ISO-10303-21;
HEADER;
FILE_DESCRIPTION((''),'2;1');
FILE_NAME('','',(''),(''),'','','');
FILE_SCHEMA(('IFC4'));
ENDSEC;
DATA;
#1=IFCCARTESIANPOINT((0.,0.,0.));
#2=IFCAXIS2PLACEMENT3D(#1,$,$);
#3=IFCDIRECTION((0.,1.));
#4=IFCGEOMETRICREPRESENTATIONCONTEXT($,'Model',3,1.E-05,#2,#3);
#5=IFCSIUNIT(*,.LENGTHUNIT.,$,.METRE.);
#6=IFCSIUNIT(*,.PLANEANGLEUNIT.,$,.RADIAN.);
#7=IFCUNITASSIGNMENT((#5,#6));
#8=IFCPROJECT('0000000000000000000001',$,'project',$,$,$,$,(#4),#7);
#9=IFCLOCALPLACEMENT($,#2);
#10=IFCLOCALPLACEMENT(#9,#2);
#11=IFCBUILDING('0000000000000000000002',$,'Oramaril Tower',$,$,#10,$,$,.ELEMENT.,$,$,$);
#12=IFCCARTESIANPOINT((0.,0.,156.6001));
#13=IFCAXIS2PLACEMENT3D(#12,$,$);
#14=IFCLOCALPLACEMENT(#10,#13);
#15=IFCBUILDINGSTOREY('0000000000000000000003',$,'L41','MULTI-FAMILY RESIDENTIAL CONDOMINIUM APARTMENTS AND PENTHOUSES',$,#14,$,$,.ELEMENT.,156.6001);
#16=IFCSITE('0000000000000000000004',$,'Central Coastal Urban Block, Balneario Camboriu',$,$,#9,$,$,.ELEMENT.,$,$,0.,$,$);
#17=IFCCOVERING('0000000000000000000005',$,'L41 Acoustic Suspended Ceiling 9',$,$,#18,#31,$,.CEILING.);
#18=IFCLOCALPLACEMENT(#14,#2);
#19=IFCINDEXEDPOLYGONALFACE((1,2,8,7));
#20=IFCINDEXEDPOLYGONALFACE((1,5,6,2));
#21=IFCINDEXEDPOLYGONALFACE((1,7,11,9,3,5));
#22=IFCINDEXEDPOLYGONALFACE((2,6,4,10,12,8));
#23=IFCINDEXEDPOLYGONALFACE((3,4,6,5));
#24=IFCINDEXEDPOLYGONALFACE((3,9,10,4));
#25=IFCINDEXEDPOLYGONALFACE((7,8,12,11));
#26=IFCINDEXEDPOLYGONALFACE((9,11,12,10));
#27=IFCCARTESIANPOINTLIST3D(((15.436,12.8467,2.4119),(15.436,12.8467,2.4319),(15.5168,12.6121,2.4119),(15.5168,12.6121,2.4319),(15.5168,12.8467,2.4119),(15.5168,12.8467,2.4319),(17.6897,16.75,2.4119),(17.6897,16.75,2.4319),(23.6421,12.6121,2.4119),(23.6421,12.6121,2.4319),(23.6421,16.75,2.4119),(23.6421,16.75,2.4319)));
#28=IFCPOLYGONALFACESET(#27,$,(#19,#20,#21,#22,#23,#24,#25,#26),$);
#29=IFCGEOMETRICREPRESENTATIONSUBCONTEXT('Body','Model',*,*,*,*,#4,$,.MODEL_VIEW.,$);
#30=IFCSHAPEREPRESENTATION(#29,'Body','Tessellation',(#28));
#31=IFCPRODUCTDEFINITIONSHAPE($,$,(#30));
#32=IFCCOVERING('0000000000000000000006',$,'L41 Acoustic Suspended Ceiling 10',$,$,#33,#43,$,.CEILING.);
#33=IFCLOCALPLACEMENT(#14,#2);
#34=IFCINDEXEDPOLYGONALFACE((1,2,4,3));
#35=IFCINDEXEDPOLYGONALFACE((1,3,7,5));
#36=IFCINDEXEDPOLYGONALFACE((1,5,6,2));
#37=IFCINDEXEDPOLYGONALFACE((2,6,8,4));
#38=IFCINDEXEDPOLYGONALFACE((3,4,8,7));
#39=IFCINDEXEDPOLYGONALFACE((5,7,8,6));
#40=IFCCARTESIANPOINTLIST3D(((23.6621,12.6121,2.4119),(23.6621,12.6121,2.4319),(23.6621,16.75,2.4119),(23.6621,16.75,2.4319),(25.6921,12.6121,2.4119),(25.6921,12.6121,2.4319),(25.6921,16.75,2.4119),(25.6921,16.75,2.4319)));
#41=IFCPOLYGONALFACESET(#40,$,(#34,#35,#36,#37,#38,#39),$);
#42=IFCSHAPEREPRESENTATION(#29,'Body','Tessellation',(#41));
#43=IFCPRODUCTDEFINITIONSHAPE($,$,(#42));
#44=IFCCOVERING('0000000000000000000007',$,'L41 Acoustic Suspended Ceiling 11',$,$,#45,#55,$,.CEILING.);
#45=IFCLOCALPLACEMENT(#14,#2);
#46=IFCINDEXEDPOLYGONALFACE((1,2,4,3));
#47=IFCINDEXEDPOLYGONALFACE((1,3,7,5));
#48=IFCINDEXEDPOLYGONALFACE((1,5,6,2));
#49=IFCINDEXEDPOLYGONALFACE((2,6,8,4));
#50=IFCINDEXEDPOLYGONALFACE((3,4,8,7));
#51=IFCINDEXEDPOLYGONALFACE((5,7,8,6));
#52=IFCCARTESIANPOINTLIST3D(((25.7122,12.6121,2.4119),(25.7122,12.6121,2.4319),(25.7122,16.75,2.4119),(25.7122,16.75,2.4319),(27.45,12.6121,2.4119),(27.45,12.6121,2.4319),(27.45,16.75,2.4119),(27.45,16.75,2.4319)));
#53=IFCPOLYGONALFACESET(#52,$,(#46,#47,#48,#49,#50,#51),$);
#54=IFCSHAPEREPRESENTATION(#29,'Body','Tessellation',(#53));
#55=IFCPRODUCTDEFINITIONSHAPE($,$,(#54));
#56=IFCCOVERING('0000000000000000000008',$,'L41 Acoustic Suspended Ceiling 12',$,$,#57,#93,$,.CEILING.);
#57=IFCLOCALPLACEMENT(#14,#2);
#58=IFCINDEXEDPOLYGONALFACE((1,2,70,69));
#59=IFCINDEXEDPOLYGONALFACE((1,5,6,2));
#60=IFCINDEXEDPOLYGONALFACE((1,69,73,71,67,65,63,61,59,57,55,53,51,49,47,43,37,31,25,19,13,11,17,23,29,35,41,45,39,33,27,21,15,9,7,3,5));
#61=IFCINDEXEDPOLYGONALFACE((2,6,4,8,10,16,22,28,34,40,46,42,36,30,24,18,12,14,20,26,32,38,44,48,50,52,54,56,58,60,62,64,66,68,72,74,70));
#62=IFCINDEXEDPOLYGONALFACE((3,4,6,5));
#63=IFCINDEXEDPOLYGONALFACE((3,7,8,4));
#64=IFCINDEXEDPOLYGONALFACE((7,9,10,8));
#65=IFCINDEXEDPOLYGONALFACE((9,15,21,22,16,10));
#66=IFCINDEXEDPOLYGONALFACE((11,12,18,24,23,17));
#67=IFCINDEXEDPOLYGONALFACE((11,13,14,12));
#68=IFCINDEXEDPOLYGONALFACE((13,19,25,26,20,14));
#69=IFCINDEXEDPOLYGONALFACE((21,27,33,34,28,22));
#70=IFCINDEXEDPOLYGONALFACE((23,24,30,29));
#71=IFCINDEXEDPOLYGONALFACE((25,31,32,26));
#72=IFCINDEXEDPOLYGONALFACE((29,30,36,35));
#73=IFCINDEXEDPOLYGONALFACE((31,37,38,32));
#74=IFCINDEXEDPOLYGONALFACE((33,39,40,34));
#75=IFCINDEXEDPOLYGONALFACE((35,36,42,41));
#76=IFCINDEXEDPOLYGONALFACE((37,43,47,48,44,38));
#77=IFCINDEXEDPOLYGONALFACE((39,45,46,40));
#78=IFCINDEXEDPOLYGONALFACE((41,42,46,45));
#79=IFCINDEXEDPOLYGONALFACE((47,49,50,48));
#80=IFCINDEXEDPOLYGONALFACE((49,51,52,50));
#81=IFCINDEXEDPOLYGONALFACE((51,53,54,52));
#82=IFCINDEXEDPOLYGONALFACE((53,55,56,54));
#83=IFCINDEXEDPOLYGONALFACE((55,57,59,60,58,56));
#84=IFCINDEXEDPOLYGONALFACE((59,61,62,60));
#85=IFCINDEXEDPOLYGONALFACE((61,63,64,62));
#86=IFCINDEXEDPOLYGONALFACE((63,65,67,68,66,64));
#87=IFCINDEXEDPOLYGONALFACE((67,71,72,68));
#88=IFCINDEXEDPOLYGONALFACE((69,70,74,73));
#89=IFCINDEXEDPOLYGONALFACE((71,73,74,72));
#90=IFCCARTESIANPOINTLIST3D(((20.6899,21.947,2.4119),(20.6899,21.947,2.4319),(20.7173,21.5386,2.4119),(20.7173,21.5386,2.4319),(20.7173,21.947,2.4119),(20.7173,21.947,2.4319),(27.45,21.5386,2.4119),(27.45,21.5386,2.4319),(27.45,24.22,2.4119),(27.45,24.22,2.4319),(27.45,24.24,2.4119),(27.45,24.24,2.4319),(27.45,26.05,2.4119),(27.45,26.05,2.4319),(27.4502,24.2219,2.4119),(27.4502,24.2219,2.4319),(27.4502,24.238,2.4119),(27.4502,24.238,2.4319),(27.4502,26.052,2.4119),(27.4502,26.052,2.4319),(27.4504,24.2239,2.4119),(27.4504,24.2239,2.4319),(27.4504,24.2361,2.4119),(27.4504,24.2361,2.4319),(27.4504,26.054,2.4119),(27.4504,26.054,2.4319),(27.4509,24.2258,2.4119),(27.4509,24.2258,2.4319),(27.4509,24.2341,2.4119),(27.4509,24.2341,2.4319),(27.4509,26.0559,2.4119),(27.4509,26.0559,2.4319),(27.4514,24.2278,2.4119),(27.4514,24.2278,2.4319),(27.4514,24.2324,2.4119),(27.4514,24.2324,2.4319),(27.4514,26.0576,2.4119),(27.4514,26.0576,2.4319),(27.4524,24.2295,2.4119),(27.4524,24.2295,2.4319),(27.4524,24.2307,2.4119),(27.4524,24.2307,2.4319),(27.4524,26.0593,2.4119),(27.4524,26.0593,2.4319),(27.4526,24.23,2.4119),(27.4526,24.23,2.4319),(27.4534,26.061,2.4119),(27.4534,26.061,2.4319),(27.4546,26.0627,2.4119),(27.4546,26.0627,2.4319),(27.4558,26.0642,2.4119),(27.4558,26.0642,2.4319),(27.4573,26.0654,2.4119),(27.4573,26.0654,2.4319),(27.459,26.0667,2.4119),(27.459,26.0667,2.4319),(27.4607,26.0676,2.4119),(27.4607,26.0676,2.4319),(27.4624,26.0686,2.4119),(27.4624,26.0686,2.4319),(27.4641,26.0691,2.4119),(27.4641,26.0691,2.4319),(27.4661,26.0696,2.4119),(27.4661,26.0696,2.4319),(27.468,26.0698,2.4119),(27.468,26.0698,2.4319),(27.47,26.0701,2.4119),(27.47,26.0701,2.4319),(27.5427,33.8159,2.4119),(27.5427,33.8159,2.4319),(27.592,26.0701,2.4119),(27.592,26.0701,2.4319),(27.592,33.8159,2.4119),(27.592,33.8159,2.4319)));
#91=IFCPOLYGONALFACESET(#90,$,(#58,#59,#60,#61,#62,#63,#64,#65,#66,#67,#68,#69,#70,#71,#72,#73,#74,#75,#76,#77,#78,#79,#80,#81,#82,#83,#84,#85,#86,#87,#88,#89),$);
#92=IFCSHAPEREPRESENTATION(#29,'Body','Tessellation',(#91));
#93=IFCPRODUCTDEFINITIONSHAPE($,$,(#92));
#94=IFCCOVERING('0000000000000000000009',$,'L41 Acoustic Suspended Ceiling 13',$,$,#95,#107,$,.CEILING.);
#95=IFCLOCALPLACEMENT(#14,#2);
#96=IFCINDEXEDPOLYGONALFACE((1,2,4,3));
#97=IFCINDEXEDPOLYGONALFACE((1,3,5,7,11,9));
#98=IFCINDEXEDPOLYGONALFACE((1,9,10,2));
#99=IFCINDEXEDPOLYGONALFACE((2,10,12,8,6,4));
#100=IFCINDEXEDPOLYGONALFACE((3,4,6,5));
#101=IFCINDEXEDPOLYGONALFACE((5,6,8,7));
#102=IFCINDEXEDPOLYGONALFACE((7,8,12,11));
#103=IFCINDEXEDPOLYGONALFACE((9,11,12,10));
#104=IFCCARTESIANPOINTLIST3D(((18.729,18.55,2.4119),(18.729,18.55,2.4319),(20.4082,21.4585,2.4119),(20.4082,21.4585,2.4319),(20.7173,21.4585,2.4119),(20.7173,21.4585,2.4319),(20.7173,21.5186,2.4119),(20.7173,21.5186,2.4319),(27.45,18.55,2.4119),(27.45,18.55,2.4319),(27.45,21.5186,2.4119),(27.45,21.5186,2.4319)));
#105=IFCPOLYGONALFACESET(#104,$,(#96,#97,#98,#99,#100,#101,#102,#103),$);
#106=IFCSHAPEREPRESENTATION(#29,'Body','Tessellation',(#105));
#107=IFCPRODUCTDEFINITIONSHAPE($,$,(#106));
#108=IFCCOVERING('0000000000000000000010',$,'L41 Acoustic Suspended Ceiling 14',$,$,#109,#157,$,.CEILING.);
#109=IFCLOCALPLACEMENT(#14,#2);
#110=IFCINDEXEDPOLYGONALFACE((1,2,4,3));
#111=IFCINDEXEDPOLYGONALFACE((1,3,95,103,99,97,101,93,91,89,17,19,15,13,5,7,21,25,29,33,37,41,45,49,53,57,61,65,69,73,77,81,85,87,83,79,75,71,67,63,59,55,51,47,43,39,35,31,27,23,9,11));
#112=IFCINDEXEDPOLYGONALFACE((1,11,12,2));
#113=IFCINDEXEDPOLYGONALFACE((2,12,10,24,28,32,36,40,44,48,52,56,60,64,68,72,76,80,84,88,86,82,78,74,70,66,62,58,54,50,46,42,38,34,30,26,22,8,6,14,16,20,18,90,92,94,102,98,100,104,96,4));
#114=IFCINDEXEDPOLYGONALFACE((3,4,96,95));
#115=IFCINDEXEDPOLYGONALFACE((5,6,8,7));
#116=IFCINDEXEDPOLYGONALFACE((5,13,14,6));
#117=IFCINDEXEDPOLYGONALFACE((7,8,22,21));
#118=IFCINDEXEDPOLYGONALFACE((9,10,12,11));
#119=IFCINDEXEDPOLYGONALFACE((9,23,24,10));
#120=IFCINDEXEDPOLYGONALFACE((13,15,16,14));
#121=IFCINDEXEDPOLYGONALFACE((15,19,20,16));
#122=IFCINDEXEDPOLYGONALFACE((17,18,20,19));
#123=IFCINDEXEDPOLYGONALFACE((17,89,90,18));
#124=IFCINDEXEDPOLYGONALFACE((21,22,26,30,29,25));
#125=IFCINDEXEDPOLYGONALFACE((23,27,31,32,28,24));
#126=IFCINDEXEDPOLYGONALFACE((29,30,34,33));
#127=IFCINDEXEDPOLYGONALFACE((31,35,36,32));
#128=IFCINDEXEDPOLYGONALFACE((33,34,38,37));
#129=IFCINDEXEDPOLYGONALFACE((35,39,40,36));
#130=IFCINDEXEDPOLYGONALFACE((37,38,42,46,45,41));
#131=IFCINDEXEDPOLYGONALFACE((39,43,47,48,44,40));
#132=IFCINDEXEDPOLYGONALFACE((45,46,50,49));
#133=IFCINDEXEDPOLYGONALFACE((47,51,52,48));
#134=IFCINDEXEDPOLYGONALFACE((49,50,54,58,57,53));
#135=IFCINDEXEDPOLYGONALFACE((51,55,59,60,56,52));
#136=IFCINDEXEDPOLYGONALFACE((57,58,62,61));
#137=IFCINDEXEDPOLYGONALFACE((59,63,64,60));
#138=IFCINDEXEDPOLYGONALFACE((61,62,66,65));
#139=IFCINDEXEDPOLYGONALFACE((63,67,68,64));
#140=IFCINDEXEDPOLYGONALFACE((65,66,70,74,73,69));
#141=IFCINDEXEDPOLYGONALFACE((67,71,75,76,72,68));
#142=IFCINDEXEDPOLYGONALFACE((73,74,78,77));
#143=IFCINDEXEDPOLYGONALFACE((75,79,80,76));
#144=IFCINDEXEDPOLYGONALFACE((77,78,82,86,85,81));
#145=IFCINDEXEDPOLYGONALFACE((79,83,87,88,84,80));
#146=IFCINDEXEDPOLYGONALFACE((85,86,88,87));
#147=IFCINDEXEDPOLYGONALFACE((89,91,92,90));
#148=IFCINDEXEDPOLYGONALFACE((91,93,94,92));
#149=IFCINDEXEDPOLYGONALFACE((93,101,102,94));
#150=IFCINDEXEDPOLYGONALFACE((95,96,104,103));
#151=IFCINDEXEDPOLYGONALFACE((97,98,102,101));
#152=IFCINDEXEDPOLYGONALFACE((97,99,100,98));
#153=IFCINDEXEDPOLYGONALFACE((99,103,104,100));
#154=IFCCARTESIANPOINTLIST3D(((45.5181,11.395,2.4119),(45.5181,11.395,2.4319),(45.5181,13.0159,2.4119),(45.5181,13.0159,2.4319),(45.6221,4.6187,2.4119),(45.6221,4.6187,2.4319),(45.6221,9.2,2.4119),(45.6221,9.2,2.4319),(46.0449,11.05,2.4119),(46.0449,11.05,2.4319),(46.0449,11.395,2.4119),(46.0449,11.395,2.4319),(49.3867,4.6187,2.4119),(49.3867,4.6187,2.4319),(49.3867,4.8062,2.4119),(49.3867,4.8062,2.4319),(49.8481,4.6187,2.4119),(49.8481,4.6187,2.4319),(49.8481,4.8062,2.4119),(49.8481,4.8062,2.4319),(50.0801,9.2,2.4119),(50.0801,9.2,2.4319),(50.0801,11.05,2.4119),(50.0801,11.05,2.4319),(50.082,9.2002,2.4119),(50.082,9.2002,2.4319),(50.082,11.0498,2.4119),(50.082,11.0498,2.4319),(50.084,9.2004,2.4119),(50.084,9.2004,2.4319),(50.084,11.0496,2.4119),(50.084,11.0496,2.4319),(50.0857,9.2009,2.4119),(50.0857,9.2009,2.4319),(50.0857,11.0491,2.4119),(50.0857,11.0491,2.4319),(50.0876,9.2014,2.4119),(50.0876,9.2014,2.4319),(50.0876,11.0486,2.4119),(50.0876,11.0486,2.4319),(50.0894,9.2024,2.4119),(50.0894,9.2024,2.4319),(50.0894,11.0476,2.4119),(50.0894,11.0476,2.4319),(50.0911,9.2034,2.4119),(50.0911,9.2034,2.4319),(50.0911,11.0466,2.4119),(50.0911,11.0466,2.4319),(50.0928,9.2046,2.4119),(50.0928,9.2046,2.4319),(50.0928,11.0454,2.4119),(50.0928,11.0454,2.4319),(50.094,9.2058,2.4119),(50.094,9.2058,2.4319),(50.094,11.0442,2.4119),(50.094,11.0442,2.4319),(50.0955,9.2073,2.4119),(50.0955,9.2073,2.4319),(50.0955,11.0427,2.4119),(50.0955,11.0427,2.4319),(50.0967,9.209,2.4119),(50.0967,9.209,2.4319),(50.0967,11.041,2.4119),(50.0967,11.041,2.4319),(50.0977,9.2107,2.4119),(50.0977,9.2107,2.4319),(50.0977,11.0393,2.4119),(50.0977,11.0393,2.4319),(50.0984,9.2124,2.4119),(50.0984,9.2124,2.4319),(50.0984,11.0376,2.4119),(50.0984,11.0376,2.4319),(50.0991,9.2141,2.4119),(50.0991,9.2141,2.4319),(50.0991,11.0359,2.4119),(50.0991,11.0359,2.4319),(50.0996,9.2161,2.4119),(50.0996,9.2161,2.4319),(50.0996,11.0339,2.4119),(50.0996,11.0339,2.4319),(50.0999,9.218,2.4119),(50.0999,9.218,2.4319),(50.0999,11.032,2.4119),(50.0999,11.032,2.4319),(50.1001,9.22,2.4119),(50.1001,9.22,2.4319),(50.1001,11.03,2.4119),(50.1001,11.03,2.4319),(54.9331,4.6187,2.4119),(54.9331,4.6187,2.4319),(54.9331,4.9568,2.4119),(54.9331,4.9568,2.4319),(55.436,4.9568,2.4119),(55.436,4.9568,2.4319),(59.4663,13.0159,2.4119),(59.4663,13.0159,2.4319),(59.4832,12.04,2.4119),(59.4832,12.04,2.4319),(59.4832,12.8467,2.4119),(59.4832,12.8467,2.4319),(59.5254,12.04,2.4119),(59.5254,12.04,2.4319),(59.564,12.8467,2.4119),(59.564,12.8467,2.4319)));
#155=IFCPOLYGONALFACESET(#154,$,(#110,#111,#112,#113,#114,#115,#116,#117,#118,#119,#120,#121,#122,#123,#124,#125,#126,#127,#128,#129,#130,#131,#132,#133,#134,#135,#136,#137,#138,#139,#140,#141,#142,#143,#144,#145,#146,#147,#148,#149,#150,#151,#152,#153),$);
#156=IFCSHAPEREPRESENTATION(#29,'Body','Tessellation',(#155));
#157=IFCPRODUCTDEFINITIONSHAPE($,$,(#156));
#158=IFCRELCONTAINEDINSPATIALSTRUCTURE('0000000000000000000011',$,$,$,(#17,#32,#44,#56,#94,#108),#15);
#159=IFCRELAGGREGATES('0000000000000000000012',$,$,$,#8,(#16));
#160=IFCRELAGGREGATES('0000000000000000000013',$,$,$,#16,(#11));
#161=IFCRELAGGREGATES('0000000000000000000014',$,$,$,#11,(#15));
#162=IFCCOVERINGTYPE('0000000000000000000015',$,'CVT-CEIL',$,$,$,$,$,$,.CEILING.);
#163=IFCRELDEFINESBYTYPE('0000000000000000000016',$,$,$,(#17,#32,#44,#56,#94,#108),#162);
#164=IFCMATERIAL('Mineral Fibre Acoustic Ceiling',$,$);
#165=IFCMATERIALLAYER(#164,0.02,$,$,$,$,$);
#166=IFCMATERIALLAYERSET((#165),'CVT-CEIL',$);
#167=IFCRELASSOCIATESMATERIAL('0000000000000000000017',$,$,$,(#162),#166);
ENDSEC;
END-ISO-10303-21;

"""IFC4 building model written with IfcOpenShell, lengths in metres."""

from ifc_helpers import new_model, si_unit, direction, frame, origin, place, context, subcontext, project, spatial, polyline, outline, extrude, material, layer, layer_set, type_object, element, save


model = new_model("IFC4")

# Units and contexts
model_context = context("Model", 3, precision=1e-05, world=origin(), true_north=direction((0.0, 1.0)))
body_context = subcontext(model_context, "Body", "Model", "MODEL_VIEW")
ifc_project = project(units=[si_unit("LENGTHUNIT", "METRE"), si_unit("PLANEANGLEUNIT", "RADIAN")], contexts=[model_context])

# Site, building, storey
site_placement = place(None, origin())
site = spatial("IfcSite", under=ifc_project, at=site_placement, Name="Central Coastal Urban Block, Balneario Camboriu", CompositionType="ELEMENT", RefElevation=0.0)
building_placement = place(site_placement, origin())
building = spatial("IfcBuilding", under=site, at=building_placement, Name="Oramaril Tower", CompositionType="ELEMENT")
storey_placement = place(building_placement, frame((0.0, 0.0, 156.6001)))
storey = spatial("IfcBuildingStorey", under=building, at=storey_placement, Name="L41", Description="MULTI-FAMILY RESIDENTIAL CONDOMINIUM APARTMENTS AND PENTHOUSES", CompositionType="ELEMENT", Elevation=156.6001)

# Coverings
ifc_material_1 = material(Name="Mineral Fibre Acoustic Ceiling")
ifc_layer_1 = layer(ifc_material_1, 0.02)
ifc_layer_set_1 = layer_set([ifc_layer_1], Name="CVT-CEIL")
covering_type_1 = type_object("IfcCoveringType", Name="CVT-CEIL", PredefinedType="CEILING", material=ifc_layer_set_1)
covering_1_placement = place(storey_placement, frame((0.0, 0.0, 2.4119)))
element("IfcCovering", 1, at=covering_1_placement, inside=storey, type_object=covering_type_1, Name="L41 Acoustic Suspended Ceiling 9", PredefinedType="CEILING", context=body_context, shape_type="SweptSolid", body=[
    extrude(outline(polyline([(15.5168, 12.8467), (15.436, 12.8467), (17.6897, 16.75), (23.6421, 16.75), (23.6421, 12.6121), (15.5168, 12.6121), (15.5168, 12.8467)])), origin(), (0.0, 0.0, 1.0), 0.02),
])
covering_2_placement = place(storey_placement, frame((0.0, 0.0, 2.4119)))
element("IfcCovering", 2, at=covering_2_placement, inside=storey, type_object=covering_type_1, Name="L41 Acoustic Suspended Ceiling 10", PredefinedType="CEILING", context=body_context, shape_type="SweptSolid", body=[
    extrude(outline(polyline([(25.6921, 12.6121), (23.6621, 12.6121), (23.6621, 16.75), (25.6921, 16.75), (25.6921, 12.6121)])), origin(), (0.0, 0.0, 1.0), 0.02),
])
covering_3_placement = place(storey_placement, frame((0.0, 0.0, 2.4119)))
element("IfcCovering", 3, at=covering_3_placement, inside=storey, type_object=covering_type_1, Name="L41 Acoustic Suspended Ceiling 11", PredefinedType="CEILING", context=body_context, shape_type="SweptSolid", body=[
    extrude(outline(polyline([(25.7122, 16.75), (27.45, 16.75), (27.45, 12.6121), (25.7122, 12.6121), (25.7122, 16.75)])), origin(), (0.0, 0.0, 1.0), 0.02),
])
covering_4_placement = place(storey_placement, frame((0.0, 0.0, 2.4119)))
element("IfcCovering", 4, at=covering_4_placement, inside=storey, type_object=covering_type_1, Name="L41 Acoustic Suspended Ceiling 12", PredefinedType="CEILING", context=body_context, shape_type="SweptSolid", body=[
    extrude(outline(polyline([(20.7173, 21.5386), (20.7173, 21.947), (20.6899, 21.947), (27.5427, 33.8159), (27.592, 33.8159), (27.592, 26.0701), (27.47, 26.0701), (27.468, 26.0698), (27.4661, 26.0696), (27.4641, 26.0691), (27.4624, 26.0686), (27.4607, 26.0676), (27.459, 26.0667), (27.4573, 26.0654), (27.4558, 26.0642), (27.4546, 26.0627), (27.4534, 26.061), (27.4524, 26.0593), (27.4514, 26.0576), (27.4509, 26.0559), (27.4504, 26.054), (27.4502, 26.052), (27.45, 26.05), (27.45, 24.24), (27.4502, 24.238), (27.4504, 24.2361), (27.4509, 24.2341), (27.4514, 24.2324), (27.4524, 24.2307), (27.4526, 24.23), (27.4524, 24.2295), (27.4514, 24.2278), (27.4509, 24.2258), (27.4504, 24.2239), (27.4502, 24.2219), (27.45, 24.22), (27.45, 21.5386), (20.7173, 21.5386)])), origin(), (0.0, 0.0, 1.0), 0.02),
])
covering_5_placement = place(storey_placement, frame((0.0, 0.0, 2.4119)))
element("IfcCovering", 5, at=covering_5_placement, inside=storey, type_object=covering_type_1, Name="L41 Acoustic Suspended Ceiling 13", PredefinedType="CEILING", context=body_context, shape_type="SweptSolid", body=[
    extrude(outline(polyline([(20.4082, 21.4585), (20.7173, 21.4585), (20.7173, 21.5186), (27.45, 21.5186), (27.45, 18.55), (18.729, 18.55), (20.4082, 21.4585)])), origin(), (0.0, 0.0, 1.0), 0.02),
])
covering_6_placement = place(storey_placement, frame((0.0, 0.0, 2.4119)))
element("IfcCovering", 6, at=covering_6_placement, inside=storey, type_object=covering_type_1, Name="L41 Acoustic Suspended Ceiling 14", PredefinedType="CEILING", context=body_context, shape_type="SweptSolid", body=[
    extrude(outline(polyline([(46.0449, 11.395), (45.5181, 11.395), (45.5181, 13.0159), (59.4663, 13.0159), (59.564, 12.8467), (59.4832, 12.8467), (59.4832, 12.04), (59.5254, 12.04), (55.436, 4.9568), (54.9331, 4.9568), (54.9331, 4.6187), (49.8481, 4.6187), (49.8481, 4.8062), (49.3867, 4.8062), (49.3867, 4.6187), (45.6221, 4.6187), (45.6221, 9.2), (50.0801, 9.2), (50.082, 9.2002), (50.084, 9.2004), (50.0857, 9.2009), (50.0876, 9.2014), (50.0894, 9.2024), (50.0911, 9.2034), (50.0928, 9.2046), (50.094, 9.2058), (50.0955, 9.2073), (50.0967, 9.209), (50.0977, 9.2107), (50.0984, 9.2124), (50.0991, 9.2141), (50.0996, 9.2161), (50.0999, 9.218), (50.1001, 9.22), (50.1001, 11.03), (50.0999, 11.032), (50.0996, 11.0339), (50.0991, 11.0359), (50.0984, 11.0376), (50.0977, 11.0393), (50.0967, 11.041), (50.0955, 11.0427), (50.094, 11.0442), (50.0928, 11.0454), (50.0911, 11.0466), (50.0894, 11.0476), (50.0876, 11.0486), (50.0857, 11.0491), (50.084, 11.0496), (50.082, 11.0498), (50.0801, 11.05), (46.0449, 11.05), (46.0449, 11.395)])), origin(), (0.0, 0.0, 1.0), 0.02),
])

save(model, "model.ifc")
